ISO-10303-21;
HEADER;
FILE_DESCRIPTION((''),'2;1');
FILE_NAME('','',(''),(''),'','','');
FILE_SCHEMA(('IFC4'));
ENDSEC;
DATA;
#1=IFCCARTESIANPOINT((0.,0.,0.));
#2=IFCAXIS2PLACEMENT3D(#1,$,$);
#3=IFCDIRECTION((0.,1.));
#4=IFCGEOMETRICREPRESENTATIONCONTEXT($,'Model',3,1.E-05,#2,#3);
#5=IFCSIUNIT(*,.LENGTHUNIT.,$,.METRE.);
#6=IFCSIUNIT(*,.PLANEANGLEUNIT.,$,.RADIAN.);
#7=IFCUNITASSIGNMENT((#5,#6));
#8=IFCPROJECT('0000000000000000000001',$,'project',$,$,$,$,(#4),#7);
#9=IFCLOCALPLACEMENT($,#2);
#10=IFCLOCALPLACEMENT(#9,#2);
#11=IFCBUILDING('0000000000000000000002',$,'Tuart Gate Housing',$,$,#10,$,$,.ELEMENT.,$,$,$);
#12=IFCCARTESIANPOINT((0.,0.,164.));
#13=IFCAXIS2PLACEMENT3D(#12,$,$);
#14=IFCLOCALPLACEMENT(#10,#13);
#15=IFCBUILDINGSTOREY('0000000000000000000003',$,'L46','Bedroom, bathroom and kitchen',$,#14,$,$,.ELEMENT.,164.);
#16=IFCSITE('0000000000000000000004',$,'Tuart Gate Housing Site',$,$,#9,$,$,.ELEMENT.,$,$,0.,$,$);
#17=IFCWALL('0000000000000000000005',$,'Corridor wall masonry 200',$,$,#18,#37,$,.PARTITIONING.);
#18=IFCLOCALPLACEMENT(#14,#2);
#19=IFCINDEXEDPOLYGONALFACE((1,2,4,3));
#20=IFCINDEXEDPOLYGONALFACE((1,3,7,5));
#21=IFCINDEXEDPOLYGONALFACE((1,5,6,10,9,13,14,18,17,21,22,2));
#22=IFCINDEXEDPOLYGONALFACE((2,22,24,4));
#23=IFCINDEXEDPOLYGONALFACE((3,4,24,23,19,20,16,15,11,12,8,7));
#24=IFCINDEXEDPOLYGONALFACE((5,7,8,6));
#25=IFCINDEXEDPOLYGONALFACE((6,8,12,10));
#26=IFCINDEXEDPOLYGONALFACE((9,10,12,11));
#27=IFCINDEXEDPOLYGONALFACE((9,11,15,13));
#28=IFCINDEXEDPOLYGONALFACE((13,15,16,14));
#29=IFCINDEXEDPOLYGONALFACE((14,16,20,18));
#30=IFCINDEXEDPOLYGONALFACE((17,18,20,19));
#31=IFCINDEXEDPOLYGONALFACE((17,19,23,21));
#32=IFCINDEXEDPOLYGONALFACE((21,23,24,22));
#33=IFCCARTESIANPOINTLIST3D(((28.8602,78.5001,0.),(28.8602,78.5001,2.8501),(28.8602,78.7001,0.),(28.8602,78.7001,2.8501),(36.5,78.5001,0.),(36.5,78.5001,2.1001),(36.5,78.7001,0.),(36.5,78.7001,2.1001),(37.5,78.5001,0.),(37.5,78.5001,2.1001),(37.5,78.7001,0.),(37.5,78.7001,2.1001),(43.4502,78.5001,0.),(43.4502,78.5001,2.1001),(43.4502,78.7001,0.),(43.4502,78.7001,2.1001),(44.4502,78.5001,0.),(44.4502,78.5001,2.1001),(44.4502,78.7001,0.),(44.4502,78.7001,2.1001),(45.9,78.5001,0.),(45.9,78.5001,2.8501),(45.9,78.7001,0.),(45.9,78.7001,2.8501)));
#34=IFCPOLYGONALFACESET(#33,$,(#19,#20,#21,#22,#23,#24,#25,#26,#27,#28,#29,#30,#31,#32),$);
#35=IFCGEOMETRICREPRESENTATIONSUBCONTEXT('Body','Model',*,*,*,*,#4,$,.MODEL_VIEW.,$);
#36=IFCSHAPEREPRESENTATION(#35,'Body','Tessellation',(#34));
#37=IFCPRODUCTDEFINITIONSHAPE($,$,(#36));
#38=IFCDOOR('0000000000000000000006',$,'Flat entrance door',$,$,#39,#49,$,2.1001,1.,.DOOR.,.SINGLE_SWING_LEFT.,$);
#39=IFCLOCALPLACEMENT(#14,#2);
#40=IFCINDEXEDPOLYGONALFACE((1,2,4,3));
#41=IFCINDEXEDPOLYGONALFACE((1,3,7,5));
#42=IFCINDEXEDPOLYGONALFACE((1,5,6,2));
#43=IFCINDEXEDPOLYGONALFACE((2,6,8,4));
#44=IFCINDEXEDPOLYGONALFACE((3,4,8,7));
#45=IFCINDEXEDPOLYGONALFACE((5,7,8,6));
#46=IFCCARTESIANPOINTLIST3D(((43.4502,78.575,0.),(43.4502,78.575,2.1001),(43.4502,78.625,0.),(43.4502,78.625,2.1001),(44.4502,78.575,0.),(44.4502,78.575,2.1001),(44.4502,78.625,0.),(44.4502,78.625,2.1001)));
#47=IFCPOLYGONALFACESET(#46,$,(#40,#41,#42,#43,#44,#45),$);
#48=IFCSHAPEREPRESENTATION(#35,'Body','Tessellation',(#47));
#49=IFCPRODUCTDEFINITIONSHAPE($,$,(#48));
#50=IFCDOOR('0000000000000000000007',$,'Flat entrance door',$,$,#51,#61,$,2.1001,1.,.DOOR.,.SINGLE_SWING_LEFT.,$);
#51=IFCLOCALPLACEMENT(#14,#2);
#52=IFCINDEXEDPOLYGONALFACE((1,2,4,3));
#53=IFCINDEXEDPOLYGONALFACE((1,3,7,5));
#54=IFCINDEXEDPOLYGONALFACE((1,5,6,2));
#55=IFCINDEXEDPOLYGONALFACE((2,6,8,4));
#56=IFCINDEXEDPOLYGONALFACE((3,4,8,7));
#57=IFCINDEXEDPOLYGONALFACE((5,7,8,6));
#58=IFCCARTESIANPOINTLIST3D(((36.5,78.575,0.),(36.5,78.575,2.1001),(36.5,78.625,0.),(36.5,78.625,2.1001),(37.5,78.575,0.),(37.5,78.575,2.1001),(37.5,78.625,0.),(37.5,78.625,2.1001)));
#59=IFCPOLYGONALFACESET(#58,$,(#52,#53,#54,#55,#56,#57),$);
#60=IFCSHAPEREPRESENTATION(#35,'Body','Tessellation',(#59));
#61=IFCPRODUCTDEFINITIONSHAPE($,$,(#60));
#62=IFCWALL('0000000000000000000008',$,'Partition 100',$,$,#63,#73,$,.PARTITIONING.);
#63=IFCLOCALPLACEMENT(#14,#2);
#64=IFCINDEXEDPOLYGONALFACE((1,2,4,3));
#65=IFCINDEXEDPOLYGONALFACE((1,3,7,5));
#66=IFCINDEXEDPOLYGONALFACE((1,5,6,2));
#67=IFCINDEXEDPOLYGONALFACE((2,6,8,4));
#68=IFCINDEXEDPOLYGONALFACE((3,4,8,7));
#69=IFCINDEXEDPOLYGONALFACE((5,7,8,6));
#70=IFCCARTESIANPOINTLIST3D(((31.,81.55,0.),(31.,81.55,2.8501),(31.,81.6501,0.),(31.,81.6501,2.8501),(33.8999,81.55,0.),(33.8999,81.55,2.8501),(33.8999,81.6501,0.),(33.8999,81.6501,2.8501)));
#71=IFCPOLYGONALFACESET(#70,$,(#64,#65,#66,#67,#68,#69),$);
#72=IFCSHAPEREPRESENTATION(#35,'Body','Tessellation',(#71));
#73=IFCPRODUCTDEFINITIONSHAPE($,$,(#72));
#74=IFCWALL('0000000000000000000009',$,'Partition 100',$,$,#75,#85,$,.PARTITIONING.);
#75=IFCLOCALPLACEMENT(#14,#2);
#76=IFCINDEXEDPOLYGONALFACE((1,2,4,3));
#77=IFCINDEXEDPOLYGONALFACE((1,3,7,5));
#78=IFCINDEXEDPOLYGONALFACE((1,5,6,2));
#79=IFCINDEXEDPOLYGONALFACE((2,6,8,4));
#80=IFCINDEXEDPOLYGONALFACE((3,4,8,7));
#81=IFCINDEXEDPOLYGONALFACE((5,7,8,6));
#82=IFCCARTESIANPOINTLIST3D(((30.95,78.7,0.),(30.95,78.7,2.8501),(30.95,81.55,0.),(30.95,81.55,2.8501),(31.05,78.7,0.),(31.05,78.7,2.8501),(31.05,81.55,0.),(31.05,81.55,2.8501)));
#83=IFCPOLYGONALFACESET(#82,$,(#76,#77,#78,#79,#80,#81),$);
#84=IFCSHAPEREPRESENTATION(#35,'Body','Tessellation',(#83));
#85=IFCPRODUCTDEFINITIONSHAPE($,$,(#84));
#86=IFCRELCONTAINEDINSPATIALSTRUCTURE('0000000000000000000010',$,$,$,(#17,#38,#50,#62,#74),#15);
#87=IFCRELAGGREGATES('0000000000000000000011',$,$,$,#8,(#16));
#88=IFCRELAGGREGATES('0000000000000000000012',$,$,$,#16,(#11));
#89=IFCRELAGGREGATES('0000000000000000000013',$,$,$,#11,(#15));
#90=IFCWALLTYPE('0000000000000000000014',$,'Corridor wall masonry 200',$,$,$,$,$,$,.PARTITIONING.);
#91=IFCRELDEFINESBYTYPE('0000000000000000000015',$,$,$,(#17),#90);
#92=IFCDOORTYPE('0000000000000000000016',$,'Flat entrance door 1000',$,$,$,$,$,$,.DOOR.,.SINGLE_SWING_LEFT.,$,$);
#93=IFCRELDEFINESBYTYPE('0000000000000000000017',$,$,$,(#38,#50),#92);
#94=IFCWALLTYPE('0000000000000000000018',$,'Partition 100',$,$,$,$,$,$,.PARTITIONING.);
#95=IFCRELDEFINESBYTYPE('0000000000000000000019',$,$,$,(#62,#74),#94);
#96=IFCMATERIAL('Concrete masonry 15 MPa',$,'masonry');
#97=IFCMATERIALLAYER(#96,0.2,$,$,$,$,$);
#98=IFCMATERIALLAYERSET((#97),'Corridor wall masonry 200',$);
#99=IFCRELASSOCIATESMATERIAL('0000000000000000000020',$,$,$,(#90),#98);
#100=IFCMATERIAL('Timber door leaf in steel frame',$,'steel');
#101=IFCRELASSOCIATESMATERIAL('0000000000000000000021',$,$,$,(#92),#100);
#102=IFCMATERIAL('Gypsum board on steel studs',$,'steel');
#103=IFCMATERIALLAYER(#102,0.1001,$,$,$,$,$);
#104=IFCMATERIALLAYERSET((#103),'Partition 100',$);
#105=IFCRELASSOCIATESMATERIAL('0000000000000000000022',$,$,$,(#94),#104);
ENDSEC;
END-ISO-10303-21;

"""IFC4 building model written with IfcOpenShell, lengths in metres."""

from ifc_helpers import new_model, si_unit, direction, frame, frame_2d, origin, place, context, subcontext, project, spatial, rectangle, extrude, material, layer, layer_set, type_object, element, fill, save


model = new_model("IFC4")

# Units and contexts
model_context = context("Model", 3, precision=1e-05, world=origin(), true_north=direction((0.0, 1.0)))
body_context = subcontext(model_context, "Body", "Model", "MODEL_VIEW")
ifc_project = project(units=[si_unit("LENGTHUNIT", "METRE"), si_unit("PLANEANGLEUNIT", "RADIAN")], contexts=[model_context])

# Site, building, storey
site_placement = place(None, origin())
site = spatial("IfcSite", under=ifc_project, at=site_placement, Name="Tuart Gate Housing Site", CompositionType="ELEMENT", RefElevation=0.0)
building_placement = place(site_placement, origin())
building = spatial("IfcBuilding", under=site, at=building_placement, Name="Tuart Gate Housing", CompositionType="ELEMENT")
storey_placement = place(building_placement, frame((0.0, 0.0, 164.0)))
storey = spatial("IfcBuildingStorey", under=building, at=storey_placement, Name="L46", Description="Bedroom, bathroom and kitchen", CompositionType="ELEMENT", Elevation=164.0)

# Wall, openings, doors
ifc_material_1 = material(Name="Concrete masonry 15 MPa", Category="masonry")
ifc_layer_1 = layer(ifc_material_1, 0.2)
ifc_layer_set_1 = layer_set([ifc_layer_1], Name="Corridor wall masonry 200")
wall_type_1 = type_object("IfcWallType", Name="Corridor wall masonry 200", PredefinedType="PARTITIONING", material=ifc_layer_set_1)
wall_1_placement = place(storey_placement, frame((28.8601, 78.6001, 0.0), z_axis=(0.0, 0.0, 1.0), x_axis=(1.0, 0.0, 0.0)))
wall_1 = element("IfcWall", 1, at=wall_1_placement, inside=storey, type_object=wall_type_1, Name="Corridor wall masonry 200", PredefinedType="PARTITIONING", context=body_context, shape_type="SweptSolid", body=[
    extrude(rectangle(XDim=17.0398, YDim=0.2, at=frame_2d((8.52, 0.0))), origin(), (0.0, 0.0, 1.0), 2.8501),
])
opening_1_placement = place(wall_1_placement, frame((14.5901, 0.0, 0.0)))
opening_1 = element("IfcOpeningElement", 2, at=opening_1_placement, cuts=wall_1, PredefinedType="OPENING", context=body_context, shape_type="SweptSolid", body=[
    extrude(rectangle(XDim=1.0, YDim=2.1001, at=frame_2d((0.5, 1.05))), frame((0.0, 0.1099, 0.0), z_axis=(0.0, -1.0, 0.0), x_axis=(1.0, 0.0, 0.0)), (0.0, 0.0, 1.0), 0.22),
])
opening_2_placement = place(wall_1_placement, frame((7.6399, 0.0, 0.0)))
opening_2 = element("IfcOpeningElement", 3, at=opening_2_placement, cuts=wall_1, PredefinedType="OPENING", context=body_context, shape_type="SweptSolid", body=[
    extrude(rectangle(XDim=1.0, YDim=2.1001, at=frame_2d((0.5, 1.05))), frame((0.0, 0.1099, 0.0), z_axis=(0.0, -1.0, 0.0), x_axis=(1.0, 0.0, 0.0)), (0.0, 0.0, 1.0), 0.22),
])
ifc_material_2 = material(Name="Timber door leaf in steel frame", Category="steel")
door_type = type_object("IfcDoorType", Name="Flat entrance door 1000", OperationType="SINGLE_SWING_LEFT", PredefinedType="DOOR", material=ifc_material_2)
door_1_placement = place(opening_1_placement, origin())
door_1 = element("IfcDoor", 4, at=door_1_placement, inside=storey, type_object=door_type, Name="Flat entrance door", OperationType="SINGLE_SWING_LEFT", OverallHeight=2.1001, OverallWidth=1.0, PredefinedType="DOOR", context=body_context, shape_type="SweptSolid", body=[
    extrude(rectangle(XDim=1.0, YDim=2.1001, at=frame_2d((0.5, 1.05))), frame((0.0, 0.0249, 0.0), z_axis=(0.0, -1.0, 0.0), x_axis=(1.0, 0.0, 0.0)), (0.0, 0.0, 1.0), 0.05),
])
fill(opening_1, door_1)
door_2_placement = place(opening_2_placement, origin())
door_2 = element("IfcDoor", 5, at=door_2_placement, inside=storey, type_object=door_type, Name="Flat entrance door", OperationType="SINGLE_SWING_LEFT", OverallHeight=2.1001, OverallWidth=1.0, PredefinedType="DOOR", context=body_context, shape_type="SweptSolid", body=[
    extrude(rectangle(XDim=1.0, YDim=2.1001, at=frame_2d((0.5, 1.05))), frame((0.0, 0.0249, 0.0), z_axis=(0.0, -1.0, 0.0), x_axis=(1.0, 0.0, 0.0)), (0.0, 0.0, 1.0), 0.05),
])
fill(opening_2, door_2)

# Walls
ifc_material_3 = material(Name="Gypsum board on steel studs", Category="steel")
ifc_layer_2 = layer(ifc_material_3, 0.1001)
ifc_layer_set_2 = layer_set([ifc_layer_2], Name="Partition 100")
wall_type_2 = type_object("IfcWallType", Name="Partition 100", PredefinedType="PARTITIONING", material=ifc_layer_set_2)
wall_2_placement = place(storey_placement, frame((31.0, 81.6001, 0.0), z_axis=(0.0, 0.0, 1.0), x_axis=(1.0, 0.0, 0.0)))
element("IfcWall", 6, at=wall_2_placement, inside=storey, type_object=wall_type_2, Name="Partition 100", PredefinedType="PARTITIONING", context=body_context, shape_type="SweptSolid", body=[
    extrude(rectangle(XDim=2.8999, YDim=0.1001, at=frame_2d((1.45, 0.0))), origin(), (0.0, 0.0, 1.0), 2.8501),
])
wall_3_placement = place(storey_placement, frame((31.0, 78.7, 0.0), z_axis=(0.0, 0.0, 1.0), x_axis=(0.0, 1.0, 0.0)))
element("IfcWall", 7, at=wall_3_placement, inside=storey, type_object=wall_type_2, Name="Partition 100", PredefinedType="PARTITIONING", context=body_context, shape_type="SweptSolid", body=[
    extrude(rectangle(XDim=2.8501, YDim=0.1001, at=frame_2d((1.425, 0.0))), origin(), (0.0, 0.0, 1.0), 2.8501),
])

save(model, "model.ifc")
